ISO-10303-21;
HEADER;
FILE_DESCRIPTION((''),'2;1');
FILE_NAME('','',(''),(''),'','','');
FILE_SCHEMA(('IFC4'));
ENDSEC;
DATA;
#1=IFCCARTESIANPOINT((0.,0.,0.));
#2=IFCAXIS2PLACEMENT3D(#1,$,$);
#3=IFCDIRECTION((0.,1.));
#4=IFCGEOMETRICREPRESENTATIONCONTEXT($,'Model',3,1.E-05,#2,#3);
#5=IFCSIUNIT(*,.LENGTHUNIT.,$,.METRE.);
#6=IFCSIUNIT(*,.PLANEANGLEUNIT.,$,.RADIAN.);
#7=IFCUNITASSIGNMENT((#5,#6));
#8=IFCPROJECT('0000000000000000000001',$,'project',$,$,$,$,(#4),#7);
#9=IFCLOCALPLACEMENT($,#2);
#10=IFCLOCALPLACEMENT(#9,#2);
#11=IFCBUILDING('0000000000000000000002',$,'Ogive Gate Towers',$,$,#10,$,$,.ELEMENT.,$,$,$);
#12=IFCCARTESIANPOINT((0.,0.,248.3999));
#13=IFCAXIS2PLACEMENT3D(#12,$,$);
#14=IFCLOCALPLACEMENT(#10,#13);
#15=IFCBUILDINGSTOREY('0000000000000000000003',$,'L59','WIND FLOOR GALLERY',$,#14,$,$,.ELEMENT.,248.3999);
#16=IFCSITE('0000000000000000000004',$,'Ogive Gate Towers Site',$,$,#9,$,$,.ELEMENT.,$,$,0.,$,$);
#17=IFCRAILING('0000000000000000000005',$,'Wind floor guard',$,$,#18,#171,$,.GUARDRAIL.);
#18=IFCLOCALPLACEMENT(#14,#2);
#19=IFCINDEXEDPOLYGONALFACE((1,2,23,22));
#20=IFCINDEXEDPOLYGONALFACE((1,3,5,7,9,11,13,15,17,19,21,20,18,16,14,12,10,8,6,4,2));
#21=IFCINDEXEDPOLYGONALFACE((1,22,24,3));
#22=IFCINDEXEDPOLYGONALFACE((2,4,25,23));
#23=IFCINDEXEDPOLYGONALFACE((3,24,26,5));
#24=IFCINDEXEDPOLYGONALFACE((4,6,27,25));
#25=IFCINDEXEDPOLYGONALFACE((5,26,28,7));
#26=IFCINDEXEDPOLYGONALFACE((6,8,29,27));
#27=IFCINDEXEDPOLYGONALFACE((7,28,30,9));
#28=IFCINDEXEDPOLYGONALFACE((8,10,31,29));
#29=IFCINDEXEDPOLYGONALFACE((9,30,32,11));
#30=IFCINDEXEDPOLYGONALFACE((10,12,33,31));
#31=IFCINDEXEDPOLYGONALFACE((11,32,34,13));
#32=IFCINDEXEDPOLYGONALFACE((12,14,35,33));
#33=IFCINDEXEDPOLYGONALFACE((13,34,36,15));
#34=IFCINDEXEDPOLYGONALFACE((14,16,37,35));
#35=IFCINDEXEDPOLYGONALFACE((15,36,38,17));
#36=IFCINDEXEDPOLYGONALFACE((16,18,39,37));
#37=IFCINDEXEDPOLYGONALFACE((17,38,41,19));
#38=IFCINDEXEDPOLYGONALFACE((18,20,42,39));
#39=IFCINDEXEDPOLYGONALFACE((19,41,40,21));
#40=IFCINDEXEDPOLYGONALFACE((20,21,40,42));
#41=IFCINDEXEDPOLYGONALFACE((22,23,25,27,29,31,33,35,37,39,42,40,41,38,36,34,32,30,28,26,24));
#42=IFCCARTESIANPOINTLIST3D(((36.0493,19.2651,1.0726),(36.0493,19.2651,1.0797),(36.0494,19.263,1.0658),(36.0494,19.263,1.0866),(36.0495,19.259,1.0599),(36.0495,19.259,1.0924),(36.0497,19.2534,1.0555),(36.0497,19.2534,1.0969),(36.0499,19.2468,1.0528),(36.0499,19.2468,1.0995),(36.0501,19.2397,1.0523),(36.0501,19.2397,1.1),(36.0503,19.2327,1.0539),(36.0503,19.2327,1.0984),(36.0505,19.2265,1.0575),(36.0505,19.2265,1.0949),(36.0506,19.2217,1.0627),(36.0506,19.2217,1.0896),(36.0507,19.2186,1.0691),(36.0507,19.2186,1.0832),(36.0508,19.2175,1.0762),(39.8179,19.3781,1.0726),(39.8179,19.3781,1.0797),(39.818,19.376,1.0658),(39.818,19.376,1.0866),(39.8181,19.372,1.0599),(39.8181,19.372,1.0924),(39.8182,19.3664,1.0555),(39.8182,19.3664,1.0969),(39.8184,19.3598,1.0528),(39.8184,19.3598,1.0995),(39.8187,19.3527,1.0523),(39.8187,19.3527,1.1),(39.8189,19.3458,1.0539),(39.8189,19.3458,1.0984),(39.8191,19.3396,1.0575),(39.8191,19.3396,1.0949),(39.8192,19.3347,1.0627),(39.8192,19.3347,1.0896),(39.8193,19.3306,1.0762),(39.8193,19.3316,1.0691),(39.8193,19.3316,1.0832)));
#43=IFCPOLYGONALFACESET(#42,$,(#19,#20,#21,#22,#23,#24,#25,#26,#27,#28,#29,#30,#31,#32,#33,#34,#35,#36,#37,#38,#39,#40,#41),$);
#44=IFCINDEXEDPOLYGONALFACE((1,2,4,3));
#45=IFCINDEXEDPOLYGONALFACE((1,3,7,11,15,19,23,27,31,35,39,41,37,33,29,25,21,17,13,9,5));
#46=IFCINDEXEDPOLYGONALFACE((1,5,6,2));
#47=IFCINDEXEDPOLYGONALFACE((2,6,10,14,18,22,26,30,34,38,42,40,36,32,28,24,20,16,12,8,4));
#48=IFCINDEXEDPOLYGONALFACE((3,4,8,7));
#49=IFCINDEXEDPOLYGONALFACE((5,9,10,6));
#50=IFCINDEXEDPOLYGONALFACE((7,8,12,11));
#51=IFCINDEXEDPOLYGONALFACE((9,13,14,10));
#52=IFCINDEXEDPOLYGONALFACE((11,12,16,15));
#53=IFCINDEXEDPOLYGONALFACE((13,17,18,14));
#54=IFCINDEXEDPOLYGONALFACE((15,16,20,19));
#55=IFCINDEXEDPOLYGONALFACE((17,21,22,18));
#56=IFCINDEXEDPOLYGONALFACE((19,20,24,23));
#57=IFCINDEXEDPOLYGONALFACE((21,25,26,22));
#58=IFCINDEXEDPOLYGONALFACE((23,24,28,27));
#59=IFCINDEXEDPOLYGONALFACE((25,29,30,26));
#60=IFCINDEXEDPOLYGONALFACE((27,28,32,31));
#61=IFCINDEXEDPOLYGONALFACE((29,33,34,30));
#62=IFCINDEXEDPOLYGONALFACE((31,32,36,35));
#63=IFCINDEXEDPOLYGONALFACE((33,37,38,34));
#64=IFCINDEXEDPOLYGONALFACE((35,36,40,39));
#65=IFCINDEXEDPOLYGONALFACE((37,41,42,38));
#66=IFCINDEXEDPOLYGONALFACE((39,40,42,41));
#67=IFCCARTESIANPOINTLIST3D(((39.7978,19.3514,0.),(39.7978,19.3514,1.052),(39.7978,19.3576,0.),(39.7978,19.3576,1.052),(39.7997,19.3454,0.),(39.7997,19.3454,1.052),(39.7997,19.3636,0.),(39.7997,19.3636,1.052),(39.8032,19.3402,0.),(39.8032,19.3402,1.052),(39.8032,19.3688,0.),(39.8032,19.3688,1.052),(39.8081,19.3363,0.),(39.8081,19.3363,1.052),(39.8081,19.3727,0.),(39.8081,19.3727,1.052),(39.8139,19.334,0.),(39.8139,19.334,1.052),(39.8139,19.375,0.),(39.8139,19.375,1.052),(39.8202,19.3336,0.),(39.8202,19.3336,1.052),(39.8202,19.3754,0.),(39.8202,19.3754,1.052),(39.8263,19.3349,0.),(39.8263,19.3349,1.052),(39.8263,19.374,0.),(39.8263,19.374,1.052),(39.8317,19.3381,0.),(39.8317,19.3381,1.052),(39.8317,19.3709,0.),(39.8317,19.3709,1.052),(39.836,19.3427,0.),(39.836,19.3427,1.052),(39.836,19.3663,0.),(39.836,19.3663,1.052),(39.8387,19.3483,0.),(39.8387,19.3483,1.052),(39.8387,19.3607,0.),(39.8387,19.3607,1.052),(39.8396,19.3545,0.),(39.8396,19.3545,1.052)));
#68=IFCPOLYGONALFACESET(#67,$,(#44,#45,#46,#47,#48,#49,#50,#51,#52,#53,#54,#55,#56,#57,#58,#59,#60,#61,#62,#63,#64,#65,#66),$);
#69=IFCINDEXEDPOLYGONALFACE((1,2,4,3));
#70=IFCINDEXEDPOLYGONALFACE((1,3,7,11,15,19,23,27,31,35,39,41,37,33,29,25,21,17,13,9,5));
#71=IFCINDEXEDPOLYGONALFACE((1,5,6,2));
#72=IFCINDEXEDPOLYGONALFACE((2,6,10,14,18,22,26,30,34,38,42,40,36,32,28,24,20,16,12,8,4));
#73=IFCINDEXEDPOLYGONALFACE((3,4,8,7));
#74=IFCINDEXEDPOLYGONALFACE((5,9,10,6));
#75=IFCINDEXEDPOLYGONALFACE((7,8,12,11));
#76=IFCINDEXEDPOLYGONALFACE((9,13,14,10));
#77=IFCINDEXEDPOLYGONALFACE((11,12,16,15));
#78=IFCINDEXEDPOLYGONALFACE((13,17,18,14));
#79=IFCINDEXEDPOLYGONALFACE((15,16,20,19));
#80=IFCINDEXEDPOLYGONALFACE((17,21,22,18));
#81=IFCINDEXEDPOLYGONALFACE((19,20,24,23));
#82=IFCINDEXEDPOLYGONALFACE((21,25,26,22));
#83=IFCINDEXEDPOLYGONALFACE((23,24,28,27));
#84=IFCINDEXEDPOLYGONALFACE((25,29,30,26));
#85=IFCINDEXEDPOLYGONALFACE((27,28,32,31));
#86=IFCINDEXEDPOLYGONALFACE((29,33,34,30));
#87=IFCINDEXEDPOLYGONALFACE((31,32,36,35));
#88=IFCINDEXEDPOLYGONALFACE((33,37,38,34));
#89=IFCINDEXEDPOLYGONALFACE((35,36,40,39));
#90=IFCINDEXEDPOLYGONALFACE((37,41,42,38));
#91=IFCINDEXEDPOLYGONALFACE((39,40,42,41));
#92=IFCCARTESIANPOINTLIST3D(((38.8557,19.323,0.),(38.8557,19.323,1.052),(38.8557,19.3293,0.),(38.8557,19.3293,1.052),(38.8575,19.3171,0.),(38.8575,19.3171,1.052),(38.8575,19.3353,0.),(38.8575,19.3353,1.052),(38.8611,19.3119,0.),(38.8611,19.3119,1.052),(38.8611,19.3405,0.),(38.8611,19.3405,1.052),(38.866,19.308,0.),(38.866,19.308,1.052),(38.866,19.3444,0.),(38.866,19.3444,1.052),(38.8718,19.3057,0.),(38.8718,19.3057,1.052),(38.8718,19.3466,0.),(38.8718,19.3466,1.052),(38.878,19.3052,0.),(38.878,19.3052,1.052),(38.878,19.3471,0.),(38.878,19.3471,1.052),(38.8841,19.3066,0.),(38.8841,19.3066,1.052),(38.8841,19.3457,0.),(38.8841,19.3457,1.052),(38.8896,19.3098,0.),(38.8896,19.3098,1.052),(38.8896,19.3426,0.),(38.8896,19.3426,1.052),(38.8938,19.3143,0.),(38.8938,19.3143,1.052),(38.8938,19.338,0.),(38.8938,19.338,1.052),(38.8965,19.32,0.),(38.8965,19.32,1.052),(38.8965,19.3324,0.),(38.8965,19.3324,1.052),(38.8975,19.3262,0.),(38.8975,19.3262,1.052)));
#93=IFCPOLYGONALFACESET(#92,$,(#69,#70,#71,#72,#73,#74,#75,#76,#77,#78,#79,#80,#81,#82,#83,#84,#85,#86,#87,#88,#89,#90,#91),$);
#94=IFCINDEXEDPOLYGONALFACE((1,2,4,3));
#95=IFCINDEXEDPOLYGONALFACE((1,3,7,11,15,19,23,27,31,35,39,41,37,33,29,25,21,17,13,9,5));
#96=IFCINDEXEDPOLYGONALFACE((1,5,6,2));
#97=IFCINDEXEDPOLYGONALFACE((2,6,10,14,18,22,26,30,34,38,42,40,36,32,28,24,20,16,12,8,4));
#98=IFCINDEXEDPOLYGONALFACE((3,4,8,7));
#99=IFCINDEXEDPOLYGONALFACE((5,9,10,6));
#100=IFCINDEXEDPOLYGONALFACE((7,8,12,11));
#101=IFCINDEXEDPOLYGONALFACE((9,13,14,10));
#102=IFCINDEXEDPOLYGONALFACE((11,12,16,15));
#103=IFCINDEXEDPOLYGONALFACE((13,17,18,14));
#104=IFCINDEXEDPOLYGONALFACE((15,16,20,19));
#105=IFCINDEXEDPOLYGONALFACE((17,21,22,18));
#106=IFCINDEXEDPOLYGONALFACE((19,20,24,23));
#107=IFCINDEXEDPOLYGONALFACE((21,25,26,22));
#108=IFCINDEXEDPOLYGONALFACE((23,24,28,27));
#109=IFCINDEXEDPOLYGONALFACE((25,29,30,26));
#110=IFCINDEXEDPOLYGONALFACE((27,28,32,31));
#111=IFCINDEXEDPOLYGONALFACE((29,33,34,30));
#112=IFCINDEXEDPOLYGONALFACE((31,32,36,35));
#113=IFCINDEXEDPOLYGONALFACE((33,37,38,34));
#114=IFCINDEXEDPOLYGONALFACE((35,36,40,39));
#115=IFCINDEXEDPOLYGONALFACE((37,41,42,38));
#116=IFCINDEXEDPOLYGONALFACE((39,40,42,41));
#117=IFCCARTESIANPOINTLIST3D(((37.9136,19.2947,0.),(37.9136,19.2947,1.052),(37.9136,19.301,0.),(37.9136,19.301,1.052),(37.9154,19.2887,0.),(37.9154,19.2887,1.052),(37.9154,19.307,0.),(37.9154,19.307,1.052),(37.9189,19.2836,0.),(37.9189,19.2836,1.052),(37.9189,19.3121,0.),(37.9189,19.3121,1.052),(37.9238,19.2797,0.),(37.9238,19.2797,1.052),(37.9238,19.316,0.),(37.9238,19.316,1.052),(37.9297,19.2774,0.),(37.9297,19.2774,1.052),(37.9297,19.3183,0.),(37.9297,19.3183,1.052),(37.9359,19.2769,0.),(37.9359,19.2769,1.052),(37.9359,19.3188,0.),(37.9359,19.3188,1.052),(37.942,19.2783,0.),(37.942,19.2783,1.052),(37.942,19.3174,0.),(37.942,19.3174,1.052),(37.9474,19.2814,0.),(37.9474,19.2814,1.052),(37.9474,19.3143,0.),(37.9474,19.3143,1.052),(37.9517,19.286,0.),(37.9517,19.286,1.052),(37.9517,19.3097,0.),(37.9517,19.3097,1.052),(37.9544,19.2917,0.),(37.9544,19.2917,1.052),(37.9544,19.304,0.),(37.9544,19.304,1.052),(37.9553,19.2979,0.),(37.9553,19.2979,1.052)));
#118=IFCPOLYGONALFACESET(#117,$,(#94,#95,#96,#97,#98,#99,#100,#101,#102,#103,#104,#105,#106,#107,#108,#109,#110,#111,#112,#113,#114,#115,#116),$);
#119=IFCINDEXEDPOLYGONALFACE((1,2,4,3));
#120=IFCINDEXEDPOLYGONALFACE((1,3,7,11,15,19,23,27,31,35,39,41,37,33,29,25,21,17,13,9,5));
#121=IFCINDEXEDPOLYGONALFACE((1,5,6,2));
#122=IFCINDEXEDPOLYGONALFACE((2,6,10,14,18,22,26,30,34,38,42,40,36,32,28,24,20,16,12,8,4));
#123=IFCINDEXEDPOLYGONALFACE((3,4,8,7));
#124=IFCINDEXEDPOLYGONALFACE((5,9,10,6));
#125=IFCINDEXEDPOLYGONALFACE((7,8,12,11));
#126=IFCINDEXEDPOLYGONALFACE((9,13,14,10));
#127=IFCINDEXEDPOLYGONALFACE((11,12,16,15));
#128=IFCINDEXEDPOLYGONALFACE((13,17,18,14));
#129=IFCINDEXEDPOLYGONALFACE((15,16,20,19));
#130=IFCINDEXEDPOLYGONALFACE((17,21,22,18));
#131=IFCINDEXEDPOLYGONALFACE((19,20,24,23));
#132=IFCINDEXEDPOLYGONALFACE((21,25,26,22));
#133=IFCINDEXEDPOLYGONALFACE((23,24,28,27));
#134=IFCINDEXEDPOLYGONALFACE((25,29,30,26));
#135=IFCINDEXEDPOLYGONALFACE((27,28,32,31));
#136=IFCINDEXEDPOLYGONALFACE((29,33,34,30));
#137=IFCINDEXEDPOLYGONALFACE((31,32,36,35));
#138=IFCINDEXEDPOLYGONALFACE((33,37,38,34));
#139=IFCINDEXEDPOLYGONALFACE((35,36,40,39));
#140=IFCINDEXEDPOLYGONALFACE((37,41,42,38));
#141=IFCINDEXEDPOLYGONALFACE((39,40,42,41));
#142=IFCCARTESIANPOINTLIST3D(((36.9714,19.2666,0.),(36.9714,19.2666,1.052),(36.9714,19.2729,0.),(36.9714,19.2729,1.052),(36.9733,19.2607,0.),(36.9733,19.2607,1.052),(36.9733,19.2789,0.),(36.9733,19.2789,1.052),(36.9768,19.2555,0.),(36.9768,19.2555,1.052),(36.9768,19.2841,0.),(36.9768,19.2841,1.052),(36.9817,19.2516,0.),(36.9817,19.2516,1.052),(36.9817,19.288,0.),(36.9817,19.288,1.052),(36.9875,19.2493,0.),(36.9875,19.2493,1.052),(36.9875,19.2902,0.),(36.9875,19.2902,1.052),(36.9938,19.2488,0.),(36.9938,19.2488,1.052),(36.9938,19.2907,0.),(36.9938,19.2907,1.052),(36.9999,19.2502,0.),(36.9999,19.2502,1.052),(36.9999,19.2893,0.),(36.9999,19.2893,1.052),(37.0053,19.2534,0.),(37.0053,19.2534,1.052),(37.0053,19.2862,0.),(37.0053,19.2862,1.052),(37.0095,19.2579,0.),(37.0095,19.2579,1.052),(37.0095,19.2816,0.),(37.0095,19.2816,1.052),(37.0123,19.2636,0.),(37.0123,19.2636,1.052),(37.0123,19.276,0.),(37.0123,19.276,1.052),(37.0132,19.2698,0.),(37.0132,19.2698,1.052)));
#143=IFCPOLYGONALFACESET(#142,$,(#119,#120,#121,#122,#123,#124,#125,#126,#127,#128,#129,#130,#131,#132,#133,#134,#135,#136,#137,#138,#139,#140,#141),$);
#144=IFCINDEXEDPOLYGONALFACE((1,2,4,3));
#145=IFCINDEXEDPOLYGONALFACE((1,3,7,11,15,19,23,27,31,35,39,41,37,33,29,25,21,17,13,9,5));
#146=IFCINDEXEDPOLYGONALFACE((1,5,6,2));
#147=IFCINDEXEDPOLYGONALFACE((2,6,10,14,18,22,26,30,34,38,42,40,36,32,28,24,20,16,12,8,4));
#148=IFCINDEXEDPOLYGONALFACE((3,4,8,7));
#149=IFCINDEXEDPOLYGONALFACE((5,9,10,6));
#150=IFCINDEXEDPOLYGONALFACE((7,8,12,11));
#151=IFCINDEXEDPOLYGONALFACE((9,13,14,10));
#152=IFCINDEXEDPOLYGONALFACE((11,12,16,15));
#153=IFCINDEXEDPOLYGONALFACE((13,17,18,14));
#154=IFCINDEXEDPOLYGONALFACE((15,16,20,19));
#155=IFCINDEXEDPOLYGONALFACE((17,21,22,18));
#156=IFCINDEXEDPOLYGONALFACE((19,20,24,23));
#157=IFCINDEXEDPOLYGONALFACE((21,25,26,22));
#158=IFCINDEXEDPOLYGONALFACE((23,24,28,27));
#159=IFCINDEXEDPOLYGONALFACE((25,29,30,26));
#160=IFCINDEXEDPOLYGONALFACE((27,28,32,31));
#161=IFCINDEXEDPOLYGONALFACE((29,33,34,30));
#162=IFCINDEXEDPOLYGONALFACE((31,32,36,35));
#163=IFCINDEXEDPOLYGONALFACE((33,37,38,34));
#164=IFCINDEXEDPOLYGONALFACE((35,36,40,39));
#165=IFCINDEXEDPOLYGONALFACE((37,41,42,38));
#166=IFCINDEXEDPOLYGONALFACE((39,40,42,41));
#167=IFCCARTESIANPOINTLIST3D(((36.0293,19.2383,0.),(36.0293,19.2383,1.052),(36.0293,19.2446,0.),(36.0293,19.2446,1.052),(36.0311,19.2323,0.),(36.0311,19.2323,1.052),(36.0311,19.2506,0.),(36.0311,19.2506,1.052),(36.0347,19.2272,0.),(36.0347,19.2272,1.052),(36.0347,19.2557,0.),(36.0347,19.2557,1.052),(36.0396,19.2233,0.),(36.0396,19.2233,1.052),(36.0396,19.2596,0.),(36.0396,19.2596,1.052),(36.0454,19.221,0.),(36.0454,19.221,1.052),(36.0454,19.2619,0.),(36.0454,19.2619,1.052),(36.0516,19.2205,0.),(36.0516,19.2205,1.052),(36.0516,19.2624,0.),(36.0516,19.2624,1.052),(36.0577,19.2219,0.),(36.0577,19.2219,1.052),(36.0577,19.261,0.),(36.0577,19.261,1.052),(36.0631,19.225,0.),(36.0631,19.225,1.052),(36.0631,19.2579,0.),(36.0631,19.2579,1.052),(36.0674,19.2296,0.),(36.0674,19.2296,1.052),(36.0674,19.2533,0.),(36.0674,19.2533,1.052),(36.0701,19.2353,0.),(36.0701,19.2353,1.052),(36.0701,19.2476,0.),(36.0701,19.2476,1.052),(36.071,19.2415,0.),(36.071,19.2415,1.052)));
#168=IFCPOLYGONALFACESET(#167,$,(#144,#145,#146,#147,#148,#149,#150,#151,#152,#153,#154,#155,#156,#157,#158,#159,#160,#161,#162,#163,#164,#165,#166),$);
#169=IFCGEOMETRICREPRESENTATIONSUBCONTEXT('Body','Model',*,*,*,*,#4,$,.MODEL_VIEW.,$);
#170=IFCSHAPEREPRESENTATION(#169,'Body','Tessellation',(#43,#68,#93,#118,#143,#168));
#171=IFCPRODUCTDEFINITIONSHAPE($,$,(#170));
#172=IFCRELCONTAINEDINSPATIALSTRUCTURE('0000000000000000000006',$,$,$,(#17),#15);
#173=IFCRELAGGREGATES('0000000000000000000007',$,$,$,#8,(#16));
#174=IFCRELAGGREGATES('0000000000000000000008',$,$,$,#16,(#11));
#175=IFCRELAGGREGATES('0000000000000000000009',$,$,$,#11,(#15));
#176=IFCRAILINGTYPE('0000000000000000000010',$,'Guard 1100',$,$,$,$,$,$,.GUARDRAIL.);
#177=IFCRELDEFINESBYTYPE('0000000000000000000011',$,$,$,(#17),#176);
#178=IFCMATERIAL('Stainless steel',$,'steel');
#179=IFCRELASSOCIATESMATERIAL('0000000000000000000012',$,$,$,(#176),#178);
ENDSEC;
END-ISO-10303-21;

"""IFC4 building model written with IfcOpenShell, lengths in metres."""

from ifc_helpers import new_model, si_unit, direction, frame, origin, origin_2d, place, context, subcontext, project, spatial, circle, extrude, material, type_object, element, save


model = new_model("IFC4")

# Units and contexts
model_context = context("Model", 3, precision=1e-05, world=origin(), true_north=direction((0.0, 1.0)))
body_context = subcontext(model_context, "Body", "Model", "MODEL_VIEW")
ifc_project = project(units=[si_unit("LENGTHUNIT", "METRE"), si_unit("PLANEANGLEUNIT", "RADIAN")], contexts=[model_context])

# Site, building, storey
site_placement = place(None, origin())
site = spatial("IfcSite", under=ifc_project, at=site_placement, Name="Ogive Gate Towers Site", CompositionType="ELEMENT", RefElevation=0.0)
building_placement = place(site_placement, origin())
building = spatial("IfcBuilding", under=site, at=building_placement, Name="Ogive Gate Towers", CompositionType="ELEMENT")
storey_placement = place(building_placement, frame((0.0, 0.0, 248.3999)))
storey = spatial("IfcBuildingStorey", under=building, at=storey_placement, Name="L59", Description="WIND FLOOR GALLERY", CompositionType="ELEMENT", Elevation=248.3999)

# Railing
ifc_material_1 = material(Name="Stainless steel", Category="steel")
railing_type_1 = type_object("IfcRailingType", Name="Guard 1100", PredefinedType="GUARDRAIL", material=ifc_material_1)
railing_1_placement = place(storey_placement, frame((39.8186, 19.3545, 0.0)))
element("IfcRailing", 1, at=railing_1_placement, inside=storey, type_object=railing_type_1, Name="Wind floor guard", PredefinedType="GUARDRAIL", context=body_context, shape_type="SweptSolid", body=[
    extrude(circle(Radius=0.0239, at=origin_2d()), frame((0.0, 0.0, 1.0762), z_axis=(-0.99955, -0.029981, 0.0), x_axis=(0.029981, -0.99955, 0.0)), (0.0, 0.0, 1.0), 3.7703),
    extrude(circle(Radius=0.021, at=origin_2d()), origin(), (0.0, 0.0, 1.0), 1.052),
    extrude(circle(Radius=0.021, at=origin_2d()), frame((-0.9421, -0.0283, 0.0)), (0.0, 0.0, 1.0), 1.052),
    extrude(circle(Radius=0.021, at=origin_2d()), frame((-1.8843, -0.0566, 0.0)), (0.0, 0.0, 1.0), 1.052),
    extrude(circle(Radius=0.021, at=origin_2d()), frame((-2.8264, -0.0847, 0.0)), (0.0, 0.0, 1.0), 1.052),
    extrude(circle(Radius=0.021, at=origin_2d()), frame((-3.7686, -0.113, 0.0)), (0.0, 0.0, 1.0), 1.052),
])

save(model, "model.ifc")
